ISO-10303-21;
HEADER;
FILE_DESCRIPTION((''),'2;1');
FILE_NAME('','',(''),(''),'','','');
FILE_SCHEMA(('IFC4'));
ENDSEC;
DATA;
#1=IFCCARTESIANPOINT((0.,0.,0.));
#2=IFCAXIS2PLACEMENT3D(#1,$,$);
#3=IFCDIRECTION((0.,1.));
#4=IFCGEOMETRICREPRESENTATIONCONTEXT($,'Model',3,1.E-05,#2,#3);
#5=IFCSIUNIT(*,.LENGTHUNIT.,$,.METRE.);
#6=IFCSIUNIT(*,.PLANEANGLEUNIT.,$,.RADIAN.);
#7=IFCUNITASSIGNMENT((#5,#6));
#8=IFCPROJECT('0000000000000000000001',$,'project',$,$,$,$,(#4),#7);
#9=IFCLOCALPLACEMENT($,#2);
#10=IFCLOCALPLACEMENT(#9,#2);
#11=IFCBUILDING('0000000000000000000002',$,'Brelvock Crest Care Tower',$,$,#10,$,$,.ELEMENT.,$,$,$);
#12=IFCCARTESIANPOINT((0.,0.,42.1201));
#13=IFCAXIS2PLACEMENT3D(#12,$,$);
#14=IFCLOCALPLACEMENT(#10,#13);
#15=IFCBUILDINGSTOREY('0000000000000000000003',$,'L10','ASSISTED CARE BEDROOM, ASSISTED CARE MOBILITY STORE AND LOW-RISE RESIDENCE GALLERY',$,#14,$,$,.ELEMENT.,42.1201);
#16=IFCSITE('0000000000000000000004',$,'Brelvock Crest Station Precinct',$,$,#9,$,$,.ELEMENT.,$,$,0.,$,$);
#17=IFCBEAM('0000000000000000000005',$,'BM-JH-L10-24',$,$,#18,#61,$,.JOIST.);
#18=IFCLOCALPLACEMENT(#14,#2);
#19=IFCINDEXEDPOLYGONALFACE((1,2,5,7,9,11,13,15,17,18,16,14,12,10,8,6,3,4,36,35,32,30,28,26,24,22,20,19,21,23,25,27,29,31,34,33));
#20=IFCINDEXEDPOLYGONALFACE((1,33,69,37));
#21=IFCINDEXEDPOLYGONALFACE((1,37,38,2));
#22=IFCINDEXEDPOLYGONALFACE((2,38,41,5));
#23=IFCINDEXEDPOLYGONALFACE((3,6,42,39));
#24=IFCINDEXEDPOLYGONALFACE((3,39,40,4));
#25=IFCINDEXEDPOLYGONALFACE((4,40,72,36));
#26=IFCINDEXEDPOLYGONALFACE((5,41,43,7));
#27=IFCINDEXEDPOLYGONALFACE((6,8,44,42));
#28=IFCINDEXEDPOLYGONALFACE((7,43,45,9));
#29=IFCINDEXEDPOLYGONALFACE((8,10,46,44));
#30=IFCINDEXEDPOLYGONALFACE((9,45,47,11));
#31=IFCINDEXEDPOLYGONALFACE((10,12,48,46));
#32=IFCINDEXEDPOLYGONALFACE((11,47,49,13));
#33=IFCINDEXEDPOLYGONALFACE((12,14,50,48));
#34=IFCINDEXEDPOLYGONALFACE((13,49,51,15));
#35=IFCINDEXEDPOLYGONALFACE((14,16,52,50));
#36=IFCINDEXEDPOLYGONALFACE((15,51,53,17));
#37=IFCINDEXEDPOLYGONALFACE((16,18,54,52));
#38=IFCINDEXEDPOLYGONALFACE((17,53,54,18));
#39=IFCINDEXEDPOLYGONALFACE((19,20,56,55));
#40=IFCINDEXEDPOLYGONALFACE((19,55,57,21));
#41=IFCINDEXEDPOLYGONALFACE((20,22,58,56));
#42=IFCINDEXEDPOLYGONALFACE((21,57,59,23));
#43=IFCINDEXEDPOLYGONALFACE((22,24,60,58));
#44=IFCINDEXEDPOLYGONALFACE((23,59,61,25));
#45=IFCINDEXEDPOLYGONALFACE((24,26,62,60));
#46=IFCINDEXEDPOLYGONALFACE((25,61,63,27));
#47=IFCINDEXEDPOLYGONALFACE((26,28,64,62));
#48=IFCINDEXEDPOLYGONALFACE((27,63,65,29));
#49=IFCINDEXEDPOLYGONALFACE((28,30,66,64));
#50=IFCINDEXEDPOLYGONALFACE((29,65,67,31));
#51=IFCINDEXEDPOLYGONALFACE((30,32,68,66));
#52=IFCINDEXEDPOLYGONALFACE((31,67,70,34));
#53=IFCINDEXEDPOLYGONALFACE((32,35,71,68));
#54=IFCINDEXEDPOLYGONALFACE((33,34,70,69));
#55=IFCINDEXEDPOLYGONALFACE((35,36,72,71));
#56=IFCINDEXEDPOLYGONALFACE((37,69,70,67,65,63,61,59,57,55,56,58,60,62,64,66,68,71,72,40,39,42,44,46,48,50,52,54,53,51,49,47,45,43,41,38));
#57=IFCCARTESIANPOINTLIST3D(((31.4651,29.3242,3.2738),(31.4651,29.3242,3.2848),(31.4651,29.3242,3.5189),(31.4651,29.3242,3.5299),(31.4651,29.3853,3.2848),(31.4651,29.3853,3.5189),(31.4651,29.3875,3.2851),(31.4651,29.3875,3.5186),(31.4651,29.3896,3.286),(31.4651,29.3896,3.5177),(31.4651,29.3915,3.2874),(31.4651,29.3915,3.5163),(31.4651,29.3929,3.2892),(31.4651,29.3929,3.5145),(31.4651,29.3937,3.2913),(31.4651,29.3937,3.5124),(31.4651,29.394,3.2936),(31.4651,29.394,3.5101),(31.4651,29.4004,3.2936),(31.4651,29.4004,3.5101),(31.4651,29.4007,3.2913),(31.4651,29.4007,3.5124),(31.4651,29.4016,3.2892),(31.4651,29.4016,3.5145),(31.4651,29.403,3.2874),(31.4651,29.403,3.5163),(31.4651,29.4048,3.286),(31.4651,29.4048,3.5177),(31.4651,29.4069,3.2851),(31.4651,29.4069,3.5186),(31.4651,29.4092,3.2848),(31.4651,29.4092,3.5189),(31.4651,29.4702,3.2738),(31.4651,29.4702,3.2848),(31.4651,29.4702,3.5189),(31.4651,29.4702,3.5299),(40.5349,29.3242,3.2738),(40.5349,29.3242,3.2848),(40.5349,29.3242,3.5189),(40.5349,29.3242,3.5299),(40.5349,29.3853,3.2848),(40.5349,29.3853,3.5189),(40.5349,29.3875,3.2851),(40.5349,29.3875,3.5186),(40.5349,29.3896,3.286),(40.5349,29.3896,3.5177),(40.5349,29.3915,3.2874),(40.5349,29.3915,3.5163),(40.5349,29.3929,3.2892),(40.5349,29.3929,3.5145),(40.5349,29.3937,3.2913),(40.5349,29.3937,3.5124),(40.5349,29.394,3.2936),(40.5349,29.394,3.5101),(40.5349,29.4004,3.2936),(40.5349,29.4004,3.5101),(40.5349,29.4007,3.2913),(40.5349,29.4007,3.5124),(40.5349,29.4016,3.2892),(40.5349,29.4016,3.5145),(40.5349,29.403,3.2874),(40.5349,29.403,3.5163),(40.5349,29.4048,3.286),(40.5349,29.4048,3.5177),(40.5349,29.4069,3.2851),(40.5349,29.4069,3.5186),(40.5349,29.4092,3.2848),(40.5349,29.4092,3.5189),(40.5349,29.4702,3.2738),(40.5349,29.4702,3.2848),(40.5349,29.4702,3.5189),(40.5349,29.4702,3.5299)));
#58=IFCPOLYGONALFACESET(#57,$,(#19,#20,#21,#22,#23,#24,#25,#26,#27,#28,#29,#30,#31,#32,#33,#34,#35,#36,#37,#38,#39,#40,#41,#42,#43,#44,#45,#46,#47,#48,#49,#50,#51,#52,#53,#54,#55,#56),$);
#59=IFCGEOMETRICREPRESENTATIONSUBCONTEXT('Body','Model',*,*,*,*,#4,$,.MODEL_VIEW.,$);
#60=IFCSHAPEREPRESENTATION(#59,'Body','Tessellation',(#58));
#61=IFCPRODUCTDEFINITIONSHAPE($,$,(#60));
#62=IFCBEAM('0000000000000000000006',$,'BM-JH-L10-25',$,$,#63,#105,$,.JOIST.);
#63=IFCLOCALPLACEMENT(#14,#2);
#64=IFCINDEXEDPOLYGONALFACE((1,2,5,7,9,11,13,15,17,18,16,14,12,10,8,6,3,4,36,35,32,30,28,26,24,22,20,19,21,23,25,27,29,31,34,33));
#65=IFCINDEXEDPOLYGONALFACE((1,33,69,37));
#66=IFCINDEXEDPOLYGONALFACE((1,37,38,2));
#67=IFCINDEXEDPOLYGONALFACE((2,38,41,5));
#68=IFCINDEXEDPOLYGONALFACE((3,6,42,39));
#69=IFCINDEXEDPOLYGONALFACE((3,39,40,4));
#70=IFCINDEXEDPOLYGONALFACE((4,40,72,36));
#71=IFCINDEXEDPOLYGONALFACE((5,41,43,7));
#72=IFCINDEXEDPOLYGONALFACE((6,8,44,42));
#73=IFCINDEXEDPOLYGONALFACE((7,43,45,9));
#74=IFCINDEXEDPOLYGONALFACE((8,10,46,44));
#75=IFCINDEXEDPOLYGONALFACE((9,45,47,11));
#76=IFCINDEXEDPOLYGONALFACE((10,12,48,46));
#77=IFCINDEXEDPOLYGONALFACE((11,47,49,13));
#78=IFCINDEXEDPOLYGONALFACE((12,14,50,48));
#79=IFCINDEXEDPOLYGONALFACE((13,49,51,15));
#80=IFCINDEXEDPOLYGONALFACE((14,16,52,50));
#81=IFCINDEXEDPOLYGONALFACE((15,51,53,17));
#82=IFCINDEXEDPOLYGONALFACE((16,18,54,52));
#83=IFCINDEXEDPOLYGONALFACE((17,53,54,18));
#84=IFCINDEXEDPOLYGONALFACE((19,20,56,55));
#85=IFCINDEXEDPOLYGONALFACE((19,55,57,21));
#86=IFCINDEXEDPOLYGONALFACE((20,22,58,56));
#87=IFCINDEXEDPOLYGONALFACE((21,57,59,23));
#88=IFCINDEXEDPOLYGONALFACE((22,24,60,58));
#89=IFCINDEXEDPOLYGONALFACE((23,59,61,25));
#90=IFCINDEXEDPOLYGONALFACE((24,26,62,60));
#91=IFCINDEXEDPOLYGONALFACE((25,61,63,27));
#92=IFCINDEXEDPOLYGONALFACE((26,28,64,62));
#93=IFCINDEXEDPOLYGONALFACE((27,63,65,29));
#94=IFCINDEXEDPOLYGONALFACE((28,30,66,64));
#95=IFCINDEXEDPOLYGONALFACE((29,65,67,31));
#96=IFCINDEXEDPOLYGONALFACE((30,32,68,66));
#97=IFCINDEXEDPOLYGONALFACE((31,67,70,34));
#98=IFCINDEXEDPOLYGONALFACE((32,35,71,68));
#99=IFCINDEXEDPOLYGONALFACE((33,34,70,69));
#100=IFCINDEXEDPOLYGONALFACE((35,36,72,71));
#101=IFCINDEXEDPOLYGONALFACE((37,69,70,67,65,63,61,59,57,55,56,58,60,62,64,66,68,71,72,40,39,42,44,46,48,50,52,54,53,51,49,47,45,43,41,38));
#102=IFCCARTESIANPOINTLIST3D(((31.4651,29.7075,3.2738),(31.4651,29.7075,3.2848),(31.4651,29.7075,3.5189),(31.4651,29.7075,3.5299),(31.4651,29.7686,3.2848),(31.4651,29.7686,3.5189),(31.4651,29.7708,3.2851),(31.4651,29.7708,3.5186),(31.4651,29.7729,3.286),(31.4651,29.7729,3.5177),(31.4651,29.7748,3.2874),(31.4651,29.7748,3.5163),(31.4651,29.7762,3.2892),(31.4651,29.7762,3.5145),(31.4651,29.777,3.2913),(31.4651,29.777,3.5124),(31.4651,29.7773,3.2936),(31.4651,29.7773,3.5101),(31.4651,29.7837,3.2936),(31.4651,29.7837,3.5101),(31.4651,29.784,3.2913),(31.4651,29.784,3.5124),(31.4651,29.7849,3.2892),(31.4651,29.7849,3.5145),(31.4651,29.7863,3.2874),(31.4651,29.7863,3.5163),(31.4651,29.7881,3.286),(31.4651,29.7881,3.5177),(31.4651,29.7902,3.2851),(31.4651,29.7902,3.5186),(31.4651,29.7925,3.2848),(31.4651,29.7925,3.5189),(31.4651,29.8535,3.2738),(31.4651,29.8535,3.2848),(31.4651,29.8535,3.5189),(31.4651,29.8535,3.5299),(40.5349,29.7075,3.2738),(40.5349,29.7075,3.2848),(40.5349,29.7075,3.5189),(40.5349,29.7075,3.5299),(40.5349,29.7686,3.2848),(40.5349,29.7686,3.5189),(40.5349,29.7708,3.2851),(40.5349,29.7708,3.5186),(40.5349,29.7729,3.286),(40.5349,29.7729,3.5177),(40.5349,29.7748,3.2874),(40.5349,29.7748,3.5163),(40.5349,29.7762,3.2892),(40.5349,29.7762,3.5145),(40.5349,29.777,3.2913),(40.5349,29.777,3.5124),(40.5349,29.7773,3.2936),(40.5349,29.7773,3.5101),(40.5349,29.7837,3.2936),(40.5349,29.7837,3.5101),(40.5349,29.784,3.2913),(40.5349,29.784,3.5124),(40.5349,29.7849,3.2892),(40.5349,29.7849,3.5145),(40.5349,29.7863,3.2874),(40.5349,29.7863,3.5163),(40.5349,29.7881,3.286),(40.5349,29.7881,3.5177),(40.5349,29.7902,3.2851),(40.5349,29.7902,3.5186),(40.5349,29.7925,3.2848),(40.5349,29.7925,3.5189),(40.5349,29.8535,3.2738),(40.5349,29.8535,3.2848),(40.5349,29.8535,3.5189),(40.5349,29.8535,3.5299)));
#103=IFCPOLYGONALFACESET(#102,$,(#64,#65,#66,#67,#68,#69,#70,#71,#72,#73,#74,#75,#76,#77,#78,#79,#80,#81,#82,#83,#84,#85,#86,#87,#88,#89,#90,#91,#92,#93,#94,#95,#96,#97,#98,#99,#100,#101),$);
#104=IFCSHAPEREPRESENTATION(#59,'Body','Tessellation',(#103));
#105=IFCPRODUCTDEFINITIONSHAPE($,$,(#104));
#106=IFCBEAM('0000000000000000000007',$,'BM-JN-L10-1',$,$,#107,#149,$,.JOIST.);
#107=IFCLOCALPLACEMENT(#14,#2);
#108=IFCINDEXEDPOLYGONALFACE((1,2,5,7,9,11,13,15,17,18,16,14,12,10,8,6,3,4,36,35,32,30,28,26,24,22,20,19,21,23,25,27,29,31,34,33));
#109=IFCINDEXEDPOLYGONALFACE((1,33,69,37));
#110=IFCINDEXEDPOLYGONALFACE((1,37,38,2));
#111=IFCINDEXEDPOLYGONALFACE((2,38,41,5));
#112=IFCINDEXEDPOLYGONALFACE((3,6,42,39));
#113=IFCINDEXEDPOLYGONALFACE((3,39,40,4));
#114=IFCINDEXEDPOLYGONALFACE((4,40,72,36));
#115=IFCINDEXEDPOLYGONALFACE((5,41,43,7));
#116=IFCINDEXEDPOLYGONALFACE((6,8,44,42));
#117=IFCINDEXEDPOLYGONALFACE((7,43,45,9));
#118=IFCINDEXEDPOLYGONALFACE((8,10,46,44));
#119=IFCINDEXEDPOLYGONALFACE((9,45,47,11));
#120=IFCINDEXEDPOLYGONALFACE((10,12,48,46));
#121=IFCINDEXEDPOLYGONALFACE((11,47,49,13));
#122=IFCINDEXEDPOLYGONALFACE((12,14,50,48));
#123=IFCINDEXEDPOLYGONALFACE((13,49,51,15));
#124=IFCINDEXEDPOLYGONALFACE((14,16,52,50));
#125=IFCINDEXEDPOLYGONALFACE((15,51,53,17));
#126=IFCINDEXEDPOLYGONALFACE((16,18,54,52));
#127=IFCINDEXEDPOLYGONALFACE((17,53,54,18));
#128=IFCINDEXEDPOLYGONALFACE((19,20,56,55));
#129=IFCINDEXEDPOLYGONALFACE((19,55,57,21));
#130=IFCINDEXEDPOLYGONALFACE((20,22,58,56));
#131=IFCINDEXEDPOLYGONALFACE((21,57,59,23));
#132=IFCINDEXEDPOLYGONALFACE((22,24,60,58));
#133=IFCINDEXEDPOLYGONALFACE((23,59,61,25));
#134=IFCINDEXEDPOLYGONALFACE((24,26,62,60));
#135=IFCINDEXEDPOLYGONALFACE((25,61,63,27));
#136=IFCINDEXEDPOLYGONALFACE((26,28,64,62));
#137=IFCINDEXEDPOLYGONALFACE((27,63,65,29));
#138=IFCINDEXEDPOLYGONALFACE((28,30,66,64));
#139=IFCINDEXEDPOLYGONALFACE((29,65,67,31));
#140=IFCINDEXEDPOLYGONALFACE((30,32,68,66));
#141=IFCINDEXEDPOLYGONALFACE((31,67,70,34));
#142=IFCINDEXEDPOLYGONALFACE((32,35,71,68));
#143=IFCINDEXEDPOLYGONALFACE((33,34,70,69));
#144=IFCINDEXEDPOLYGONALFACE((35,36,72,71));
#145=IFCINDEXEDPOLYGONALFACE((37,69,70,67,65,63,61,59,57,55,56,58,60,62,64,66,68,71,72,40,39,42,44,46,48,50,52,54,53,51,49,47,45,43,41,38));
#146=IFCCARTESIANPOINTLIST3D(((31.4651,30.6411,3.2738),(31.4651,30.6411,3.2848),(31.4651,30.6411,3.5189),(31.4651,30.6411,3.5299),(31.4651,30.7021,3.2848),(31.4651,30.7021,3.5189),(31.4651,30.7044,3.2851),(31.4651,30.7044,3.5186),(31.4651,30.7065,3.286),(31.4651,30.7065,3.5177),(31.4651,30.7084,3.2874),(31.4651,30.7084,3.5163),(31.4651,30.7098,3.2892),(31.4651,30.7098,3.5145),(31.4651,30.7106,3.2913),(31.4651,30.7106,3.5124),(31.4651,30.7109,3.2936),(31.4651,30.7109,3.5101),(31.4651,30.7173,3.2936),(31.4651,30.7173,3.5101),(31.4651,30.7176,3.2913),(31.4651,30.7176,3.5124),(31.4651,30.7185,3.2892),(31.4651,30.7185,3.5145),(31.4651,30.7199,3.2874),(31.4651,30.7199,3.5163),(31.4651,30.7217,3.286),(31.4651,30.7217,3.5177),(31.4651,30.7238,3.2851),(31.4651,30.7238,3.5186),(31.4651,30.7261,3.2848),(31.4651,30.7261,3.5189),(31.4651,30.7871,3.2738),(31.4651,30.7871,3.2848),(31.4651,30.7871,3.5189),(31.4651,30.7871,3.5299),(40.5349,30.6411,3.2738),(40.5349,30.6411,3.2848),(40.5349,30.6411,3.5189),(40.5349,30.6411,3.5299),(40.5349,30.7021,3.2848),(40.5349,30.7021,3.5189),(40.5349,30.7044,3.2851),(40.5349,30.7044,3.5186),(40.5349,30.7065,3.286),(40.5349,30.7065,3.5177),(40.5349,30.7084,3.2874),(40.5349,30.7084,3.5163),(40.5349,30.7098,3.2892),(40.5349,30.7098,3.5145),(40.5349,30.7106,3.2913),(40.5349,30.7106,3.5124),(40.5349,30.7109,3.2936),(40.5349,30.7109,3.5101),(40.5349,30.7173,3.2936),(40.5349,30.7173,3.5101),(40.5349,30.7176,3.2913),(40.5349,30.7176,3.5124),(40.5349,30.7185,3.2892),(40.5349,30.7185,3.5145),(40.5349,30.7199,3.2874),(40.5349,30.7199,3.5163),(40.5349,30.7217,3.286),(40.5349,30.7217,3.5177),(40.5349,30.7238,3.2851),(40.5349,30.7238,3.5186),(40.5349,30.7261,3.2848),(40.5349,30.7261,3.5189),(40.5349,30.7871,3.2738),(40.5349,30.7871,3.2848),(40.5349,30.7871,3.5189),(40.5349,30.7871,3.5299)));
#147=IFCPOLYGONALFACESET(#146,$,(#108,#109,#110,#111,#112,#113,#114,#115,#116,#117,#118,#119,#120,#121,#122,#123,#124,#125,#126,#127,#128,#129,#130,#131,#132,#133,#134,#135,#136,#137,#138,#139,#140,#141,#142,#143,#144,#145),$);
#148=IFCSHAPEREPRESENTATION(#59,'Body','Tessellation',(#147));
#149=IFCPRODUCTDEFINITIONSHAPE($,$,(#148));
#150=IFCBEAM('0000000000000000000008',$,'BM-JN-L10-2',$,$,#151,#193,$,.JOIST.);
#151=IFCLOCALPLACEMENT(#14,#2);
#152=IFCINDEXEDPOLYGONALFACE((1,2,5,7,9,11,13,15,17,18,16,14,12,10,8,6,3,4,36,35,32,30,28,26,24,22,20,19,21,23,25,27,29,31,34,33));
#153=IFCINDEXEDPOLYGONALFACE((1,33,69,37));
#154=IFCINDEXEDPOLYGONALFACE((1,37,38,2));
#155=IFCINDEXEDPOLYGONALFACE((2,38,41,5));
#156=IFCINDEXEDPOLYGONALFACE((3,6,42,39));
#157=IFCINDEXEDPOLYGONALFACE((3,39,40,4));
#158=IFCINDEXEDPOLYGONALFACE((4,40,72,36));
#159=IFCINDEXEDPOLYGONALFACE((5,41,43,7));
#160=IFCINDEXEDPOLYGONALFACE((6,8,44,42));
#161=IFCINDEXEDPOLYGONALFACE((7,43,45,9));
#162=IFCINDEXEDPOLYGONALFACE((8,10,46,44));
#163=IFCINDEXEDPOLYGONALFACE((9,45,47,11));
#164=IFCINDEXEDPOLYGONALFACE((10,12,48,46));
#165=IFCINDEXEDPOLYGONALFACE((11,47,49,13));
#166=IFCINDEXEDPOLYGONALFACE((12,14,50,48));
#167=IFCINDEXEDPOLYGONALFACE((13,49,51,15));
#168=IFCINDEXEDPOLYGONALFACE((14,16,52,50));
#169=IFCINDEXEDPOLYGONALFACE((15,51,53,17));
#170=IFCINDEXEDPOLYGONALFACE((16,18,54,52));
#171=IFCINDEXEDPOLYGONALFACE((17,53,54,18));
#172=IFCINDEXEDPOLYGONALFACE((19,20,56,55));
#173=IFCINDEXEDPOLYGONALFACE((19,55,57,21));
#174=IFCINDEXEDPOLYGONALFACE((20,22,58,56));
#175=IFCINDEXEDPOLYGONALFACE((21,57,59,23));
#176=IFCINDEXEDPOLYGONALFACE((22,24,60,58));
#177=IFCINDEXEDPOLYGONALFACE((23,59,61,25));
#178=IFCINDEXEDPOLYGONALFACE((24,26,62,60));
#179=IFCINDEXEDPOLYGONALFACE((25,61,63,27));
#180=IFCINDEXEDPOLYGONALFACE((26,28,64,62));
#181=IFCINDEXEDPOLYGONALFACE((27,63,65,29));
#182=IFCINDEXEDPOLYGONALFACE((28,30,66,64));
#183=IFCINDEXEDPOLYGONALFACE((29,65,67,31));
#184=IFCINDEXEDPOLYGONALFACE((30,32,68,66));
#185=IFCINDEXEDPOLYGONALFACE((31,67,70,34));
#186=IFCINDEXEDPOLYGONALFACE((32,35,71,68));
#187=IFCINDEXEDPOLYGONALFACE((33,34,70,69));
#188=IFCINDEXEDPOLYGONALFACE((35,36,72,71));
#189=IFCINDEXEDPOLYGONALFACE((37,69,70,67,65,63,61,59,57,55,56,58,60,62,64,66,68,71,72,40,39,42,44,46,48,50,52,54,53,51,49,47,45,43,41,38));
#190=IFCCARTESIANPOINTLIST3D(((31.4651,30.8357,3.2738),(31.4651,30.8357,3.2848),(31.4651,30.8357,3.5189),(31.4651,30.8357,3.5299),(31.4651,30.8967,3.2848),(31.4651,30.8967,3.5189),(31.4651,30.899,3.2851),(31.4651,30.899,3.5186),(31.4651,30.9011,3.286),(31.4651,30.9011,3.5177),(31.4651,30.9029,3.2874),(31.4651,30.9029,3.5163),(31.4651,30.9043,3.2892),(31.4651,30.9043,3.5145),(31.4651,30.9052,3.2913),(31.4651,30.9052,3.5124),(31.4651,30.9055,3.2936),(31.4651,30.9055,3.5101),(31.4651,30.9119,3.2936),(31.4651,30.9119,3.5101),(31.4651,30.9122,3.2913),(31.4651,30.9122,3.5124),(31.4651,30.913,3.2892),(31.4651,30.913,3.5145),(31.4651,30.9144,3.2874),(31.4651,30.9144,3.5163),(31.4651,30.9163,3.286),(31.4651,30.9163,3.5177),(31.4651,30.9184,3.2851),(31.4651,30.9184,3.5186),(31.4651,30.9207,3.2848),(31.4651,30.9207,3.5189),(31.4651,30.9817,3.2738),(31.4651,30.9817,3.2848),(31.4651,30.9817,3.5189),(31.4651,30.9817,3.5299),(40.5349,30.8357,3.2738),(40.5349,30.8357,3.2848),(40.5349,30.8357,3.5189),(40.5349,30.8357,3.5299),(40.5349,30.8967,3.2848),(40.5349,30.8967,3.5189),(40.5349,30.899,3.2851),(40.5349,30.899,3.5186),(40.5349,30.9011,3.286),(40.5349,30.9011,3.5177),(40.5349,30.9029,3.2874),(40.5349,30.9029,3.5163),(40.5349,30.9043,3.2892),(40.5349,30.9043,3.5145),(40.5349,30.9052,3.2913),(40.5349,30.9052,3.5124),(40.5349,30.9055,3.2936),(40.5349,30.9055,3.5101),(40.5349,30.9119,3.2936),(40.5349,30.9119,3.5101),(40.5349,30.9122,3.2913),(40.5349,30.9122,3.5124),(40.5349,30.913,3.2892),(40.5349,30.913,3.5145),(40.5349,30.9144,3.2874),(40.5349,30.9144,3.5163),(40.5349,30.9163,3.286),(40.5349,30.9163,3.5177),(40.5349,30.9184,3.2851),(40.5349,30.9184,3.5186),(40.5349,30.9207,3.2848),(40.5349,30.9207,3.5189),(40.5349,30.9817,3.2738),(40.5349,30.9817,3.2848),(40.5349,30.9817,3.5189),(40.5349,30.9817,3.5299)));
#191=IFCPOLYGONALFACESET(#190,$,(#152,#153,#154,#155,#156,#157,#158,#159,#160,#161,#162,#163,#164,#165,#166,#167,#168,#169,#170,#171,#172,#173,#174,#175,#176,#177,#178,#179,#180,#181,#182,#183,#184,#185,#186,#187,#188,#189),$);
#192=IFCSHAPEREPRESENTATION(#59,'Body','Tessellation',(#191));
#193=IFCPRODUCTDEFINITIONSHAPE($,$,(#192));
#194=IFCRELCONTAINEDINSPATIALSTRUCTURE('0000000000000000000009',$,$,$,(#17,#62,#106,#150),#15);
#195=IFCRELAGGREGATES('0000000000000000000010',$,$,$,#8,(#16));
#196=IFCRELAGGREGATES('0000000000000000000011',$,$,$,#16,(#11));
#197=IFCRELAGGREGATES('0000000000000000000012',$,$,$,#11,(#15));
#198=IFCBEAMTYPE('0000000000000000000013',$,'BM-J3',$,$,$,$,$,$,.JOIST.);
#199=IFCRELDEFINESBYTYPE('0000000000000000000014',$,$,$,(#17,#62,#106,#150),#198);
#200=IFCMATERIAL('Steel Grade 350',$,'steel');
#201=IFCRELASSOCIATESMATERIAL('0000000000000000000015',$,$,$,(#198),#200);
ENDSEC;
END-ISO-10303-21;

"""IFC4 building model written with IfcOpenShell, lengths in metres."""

from ifc_helpers import new_model, si_unit, direction, frame, origin, origin_2d, place, context, subcontext, project, spatial, i_section, extrude, source, transform, mapped, material, material_profile, profile_set, type_object, element, save


model = new_model("IFC4")

# Units and contexts
model_context = context("Model", 3, precision=1e-05, world=origin(), true_north=direction((0.0, 1.0)))
body_context = subcontext(model_context, "Body", "Model", "MODEL_VIEW")
ifc_project = project(units=[si_unit("LENGTHUNIT", "METRE"), si_unit("PLANEANGLEUNIT", "RADIAN")], contexts=[model_context])

# Site, building, storey
site_placement = place(None, origin())
site = spatial("IfcSite", under=ifc_project, at=site_placement, Name="Brelvock Crest Station Precinct", CompositionType="ELEMENT", RefElevation=0.0)
building_placement = place(site_placement, origin())
building = spatial("IfcBuilding", under=site, at=building_placement, Name="Brelvock Crest Care Tower", CompositionType="ELEMENT")
storey_placement = place(building_placement, frame((0.0, 0.0, 42.1201)))
storey = spatial("IfcBuildingStorey", under=building, at=storey_placement, Name="L10", Description="ASSISTED CARE BEDROOM, ASSISTED CARE MOBILITY STORE AND LOW-RISE RESIDENCE GALLERY", CompositionType="ELEMENT", Elevation=42.1201)

# Beams
ifc_material_1 = material(Name="Steel Grade 350", Category="steel")
ifc_material_profile = material_profile(ifc_material_1, i_section(OverallWidth=0.146, OverallDepth=0.2561, WebThickness=0.0063, FlangeThickness=0.011, FilletRadius=0.0088, at=origin_2d()), Name="250UB37.3")
ifc_profile_set = profile_set([ifc_material_profile], Name="Steel Grade 350")
beam_type = type_object("IfcBeamType", Name="BM-J3", PredefinedType="JOIST", material=ifc_profile_set)
shared_shape_1 = source(origin(), body_context, "Body", "SweptSolid", [
    extrude(i_section(OverallWidth=0.146, OverallDepth=0.2561, WebThickness=0.0063, FlangeThickness=0.011, FilletRadius=0.0088, at=origin_2d()), origin(), (0.0, 0.0, 1.0), 9.0698),
])
for number, where, z_axis, x_axis, name in (
    (1, (31.4651, 29.3972, 3.4019), (1.0, 0.0, 0.0), (0.0, 1.0, 0.0), "BM-JH-L10-24"),
    (2, (31.4651, 29.7805, 3.4019), (1.0, 0.0, 0.0), (0.0, 1.0, 0.0), "BM-JH-L10-25"),
    (3, (31.4651, 30.7141, 3.4019), (1.0, 0.0, 0.0), (0.0, 1.0, 0.0), "BM-JN-L10-1"),
    (4, (31.4651, 30.9087, 3.4019), (1.0, 0.0, 0.0), (0.0, 1.0, 0.0), "BM-JN-L10-2"),
):
    element("IfcBeam", number, at=place(storey_placement, frame(where, z_axis=z_axis, x_axis=x_axis)), inside=storey, type_object=beam_type, Name=name, PredefinedType="JOIST", context=body_context, shape_type="MappedRepresentation", body=[
        mapped(shared_shape_1, transform((0.0, 0.0, 0.0), x_axis=(1.0, 0.0, 0.0), y_axis=(0.0, 1.0, 0.0), z_axis=(0.0, 0.0, 1.0), scale=1.0)),
    ])

save(model, "model.ifc")
